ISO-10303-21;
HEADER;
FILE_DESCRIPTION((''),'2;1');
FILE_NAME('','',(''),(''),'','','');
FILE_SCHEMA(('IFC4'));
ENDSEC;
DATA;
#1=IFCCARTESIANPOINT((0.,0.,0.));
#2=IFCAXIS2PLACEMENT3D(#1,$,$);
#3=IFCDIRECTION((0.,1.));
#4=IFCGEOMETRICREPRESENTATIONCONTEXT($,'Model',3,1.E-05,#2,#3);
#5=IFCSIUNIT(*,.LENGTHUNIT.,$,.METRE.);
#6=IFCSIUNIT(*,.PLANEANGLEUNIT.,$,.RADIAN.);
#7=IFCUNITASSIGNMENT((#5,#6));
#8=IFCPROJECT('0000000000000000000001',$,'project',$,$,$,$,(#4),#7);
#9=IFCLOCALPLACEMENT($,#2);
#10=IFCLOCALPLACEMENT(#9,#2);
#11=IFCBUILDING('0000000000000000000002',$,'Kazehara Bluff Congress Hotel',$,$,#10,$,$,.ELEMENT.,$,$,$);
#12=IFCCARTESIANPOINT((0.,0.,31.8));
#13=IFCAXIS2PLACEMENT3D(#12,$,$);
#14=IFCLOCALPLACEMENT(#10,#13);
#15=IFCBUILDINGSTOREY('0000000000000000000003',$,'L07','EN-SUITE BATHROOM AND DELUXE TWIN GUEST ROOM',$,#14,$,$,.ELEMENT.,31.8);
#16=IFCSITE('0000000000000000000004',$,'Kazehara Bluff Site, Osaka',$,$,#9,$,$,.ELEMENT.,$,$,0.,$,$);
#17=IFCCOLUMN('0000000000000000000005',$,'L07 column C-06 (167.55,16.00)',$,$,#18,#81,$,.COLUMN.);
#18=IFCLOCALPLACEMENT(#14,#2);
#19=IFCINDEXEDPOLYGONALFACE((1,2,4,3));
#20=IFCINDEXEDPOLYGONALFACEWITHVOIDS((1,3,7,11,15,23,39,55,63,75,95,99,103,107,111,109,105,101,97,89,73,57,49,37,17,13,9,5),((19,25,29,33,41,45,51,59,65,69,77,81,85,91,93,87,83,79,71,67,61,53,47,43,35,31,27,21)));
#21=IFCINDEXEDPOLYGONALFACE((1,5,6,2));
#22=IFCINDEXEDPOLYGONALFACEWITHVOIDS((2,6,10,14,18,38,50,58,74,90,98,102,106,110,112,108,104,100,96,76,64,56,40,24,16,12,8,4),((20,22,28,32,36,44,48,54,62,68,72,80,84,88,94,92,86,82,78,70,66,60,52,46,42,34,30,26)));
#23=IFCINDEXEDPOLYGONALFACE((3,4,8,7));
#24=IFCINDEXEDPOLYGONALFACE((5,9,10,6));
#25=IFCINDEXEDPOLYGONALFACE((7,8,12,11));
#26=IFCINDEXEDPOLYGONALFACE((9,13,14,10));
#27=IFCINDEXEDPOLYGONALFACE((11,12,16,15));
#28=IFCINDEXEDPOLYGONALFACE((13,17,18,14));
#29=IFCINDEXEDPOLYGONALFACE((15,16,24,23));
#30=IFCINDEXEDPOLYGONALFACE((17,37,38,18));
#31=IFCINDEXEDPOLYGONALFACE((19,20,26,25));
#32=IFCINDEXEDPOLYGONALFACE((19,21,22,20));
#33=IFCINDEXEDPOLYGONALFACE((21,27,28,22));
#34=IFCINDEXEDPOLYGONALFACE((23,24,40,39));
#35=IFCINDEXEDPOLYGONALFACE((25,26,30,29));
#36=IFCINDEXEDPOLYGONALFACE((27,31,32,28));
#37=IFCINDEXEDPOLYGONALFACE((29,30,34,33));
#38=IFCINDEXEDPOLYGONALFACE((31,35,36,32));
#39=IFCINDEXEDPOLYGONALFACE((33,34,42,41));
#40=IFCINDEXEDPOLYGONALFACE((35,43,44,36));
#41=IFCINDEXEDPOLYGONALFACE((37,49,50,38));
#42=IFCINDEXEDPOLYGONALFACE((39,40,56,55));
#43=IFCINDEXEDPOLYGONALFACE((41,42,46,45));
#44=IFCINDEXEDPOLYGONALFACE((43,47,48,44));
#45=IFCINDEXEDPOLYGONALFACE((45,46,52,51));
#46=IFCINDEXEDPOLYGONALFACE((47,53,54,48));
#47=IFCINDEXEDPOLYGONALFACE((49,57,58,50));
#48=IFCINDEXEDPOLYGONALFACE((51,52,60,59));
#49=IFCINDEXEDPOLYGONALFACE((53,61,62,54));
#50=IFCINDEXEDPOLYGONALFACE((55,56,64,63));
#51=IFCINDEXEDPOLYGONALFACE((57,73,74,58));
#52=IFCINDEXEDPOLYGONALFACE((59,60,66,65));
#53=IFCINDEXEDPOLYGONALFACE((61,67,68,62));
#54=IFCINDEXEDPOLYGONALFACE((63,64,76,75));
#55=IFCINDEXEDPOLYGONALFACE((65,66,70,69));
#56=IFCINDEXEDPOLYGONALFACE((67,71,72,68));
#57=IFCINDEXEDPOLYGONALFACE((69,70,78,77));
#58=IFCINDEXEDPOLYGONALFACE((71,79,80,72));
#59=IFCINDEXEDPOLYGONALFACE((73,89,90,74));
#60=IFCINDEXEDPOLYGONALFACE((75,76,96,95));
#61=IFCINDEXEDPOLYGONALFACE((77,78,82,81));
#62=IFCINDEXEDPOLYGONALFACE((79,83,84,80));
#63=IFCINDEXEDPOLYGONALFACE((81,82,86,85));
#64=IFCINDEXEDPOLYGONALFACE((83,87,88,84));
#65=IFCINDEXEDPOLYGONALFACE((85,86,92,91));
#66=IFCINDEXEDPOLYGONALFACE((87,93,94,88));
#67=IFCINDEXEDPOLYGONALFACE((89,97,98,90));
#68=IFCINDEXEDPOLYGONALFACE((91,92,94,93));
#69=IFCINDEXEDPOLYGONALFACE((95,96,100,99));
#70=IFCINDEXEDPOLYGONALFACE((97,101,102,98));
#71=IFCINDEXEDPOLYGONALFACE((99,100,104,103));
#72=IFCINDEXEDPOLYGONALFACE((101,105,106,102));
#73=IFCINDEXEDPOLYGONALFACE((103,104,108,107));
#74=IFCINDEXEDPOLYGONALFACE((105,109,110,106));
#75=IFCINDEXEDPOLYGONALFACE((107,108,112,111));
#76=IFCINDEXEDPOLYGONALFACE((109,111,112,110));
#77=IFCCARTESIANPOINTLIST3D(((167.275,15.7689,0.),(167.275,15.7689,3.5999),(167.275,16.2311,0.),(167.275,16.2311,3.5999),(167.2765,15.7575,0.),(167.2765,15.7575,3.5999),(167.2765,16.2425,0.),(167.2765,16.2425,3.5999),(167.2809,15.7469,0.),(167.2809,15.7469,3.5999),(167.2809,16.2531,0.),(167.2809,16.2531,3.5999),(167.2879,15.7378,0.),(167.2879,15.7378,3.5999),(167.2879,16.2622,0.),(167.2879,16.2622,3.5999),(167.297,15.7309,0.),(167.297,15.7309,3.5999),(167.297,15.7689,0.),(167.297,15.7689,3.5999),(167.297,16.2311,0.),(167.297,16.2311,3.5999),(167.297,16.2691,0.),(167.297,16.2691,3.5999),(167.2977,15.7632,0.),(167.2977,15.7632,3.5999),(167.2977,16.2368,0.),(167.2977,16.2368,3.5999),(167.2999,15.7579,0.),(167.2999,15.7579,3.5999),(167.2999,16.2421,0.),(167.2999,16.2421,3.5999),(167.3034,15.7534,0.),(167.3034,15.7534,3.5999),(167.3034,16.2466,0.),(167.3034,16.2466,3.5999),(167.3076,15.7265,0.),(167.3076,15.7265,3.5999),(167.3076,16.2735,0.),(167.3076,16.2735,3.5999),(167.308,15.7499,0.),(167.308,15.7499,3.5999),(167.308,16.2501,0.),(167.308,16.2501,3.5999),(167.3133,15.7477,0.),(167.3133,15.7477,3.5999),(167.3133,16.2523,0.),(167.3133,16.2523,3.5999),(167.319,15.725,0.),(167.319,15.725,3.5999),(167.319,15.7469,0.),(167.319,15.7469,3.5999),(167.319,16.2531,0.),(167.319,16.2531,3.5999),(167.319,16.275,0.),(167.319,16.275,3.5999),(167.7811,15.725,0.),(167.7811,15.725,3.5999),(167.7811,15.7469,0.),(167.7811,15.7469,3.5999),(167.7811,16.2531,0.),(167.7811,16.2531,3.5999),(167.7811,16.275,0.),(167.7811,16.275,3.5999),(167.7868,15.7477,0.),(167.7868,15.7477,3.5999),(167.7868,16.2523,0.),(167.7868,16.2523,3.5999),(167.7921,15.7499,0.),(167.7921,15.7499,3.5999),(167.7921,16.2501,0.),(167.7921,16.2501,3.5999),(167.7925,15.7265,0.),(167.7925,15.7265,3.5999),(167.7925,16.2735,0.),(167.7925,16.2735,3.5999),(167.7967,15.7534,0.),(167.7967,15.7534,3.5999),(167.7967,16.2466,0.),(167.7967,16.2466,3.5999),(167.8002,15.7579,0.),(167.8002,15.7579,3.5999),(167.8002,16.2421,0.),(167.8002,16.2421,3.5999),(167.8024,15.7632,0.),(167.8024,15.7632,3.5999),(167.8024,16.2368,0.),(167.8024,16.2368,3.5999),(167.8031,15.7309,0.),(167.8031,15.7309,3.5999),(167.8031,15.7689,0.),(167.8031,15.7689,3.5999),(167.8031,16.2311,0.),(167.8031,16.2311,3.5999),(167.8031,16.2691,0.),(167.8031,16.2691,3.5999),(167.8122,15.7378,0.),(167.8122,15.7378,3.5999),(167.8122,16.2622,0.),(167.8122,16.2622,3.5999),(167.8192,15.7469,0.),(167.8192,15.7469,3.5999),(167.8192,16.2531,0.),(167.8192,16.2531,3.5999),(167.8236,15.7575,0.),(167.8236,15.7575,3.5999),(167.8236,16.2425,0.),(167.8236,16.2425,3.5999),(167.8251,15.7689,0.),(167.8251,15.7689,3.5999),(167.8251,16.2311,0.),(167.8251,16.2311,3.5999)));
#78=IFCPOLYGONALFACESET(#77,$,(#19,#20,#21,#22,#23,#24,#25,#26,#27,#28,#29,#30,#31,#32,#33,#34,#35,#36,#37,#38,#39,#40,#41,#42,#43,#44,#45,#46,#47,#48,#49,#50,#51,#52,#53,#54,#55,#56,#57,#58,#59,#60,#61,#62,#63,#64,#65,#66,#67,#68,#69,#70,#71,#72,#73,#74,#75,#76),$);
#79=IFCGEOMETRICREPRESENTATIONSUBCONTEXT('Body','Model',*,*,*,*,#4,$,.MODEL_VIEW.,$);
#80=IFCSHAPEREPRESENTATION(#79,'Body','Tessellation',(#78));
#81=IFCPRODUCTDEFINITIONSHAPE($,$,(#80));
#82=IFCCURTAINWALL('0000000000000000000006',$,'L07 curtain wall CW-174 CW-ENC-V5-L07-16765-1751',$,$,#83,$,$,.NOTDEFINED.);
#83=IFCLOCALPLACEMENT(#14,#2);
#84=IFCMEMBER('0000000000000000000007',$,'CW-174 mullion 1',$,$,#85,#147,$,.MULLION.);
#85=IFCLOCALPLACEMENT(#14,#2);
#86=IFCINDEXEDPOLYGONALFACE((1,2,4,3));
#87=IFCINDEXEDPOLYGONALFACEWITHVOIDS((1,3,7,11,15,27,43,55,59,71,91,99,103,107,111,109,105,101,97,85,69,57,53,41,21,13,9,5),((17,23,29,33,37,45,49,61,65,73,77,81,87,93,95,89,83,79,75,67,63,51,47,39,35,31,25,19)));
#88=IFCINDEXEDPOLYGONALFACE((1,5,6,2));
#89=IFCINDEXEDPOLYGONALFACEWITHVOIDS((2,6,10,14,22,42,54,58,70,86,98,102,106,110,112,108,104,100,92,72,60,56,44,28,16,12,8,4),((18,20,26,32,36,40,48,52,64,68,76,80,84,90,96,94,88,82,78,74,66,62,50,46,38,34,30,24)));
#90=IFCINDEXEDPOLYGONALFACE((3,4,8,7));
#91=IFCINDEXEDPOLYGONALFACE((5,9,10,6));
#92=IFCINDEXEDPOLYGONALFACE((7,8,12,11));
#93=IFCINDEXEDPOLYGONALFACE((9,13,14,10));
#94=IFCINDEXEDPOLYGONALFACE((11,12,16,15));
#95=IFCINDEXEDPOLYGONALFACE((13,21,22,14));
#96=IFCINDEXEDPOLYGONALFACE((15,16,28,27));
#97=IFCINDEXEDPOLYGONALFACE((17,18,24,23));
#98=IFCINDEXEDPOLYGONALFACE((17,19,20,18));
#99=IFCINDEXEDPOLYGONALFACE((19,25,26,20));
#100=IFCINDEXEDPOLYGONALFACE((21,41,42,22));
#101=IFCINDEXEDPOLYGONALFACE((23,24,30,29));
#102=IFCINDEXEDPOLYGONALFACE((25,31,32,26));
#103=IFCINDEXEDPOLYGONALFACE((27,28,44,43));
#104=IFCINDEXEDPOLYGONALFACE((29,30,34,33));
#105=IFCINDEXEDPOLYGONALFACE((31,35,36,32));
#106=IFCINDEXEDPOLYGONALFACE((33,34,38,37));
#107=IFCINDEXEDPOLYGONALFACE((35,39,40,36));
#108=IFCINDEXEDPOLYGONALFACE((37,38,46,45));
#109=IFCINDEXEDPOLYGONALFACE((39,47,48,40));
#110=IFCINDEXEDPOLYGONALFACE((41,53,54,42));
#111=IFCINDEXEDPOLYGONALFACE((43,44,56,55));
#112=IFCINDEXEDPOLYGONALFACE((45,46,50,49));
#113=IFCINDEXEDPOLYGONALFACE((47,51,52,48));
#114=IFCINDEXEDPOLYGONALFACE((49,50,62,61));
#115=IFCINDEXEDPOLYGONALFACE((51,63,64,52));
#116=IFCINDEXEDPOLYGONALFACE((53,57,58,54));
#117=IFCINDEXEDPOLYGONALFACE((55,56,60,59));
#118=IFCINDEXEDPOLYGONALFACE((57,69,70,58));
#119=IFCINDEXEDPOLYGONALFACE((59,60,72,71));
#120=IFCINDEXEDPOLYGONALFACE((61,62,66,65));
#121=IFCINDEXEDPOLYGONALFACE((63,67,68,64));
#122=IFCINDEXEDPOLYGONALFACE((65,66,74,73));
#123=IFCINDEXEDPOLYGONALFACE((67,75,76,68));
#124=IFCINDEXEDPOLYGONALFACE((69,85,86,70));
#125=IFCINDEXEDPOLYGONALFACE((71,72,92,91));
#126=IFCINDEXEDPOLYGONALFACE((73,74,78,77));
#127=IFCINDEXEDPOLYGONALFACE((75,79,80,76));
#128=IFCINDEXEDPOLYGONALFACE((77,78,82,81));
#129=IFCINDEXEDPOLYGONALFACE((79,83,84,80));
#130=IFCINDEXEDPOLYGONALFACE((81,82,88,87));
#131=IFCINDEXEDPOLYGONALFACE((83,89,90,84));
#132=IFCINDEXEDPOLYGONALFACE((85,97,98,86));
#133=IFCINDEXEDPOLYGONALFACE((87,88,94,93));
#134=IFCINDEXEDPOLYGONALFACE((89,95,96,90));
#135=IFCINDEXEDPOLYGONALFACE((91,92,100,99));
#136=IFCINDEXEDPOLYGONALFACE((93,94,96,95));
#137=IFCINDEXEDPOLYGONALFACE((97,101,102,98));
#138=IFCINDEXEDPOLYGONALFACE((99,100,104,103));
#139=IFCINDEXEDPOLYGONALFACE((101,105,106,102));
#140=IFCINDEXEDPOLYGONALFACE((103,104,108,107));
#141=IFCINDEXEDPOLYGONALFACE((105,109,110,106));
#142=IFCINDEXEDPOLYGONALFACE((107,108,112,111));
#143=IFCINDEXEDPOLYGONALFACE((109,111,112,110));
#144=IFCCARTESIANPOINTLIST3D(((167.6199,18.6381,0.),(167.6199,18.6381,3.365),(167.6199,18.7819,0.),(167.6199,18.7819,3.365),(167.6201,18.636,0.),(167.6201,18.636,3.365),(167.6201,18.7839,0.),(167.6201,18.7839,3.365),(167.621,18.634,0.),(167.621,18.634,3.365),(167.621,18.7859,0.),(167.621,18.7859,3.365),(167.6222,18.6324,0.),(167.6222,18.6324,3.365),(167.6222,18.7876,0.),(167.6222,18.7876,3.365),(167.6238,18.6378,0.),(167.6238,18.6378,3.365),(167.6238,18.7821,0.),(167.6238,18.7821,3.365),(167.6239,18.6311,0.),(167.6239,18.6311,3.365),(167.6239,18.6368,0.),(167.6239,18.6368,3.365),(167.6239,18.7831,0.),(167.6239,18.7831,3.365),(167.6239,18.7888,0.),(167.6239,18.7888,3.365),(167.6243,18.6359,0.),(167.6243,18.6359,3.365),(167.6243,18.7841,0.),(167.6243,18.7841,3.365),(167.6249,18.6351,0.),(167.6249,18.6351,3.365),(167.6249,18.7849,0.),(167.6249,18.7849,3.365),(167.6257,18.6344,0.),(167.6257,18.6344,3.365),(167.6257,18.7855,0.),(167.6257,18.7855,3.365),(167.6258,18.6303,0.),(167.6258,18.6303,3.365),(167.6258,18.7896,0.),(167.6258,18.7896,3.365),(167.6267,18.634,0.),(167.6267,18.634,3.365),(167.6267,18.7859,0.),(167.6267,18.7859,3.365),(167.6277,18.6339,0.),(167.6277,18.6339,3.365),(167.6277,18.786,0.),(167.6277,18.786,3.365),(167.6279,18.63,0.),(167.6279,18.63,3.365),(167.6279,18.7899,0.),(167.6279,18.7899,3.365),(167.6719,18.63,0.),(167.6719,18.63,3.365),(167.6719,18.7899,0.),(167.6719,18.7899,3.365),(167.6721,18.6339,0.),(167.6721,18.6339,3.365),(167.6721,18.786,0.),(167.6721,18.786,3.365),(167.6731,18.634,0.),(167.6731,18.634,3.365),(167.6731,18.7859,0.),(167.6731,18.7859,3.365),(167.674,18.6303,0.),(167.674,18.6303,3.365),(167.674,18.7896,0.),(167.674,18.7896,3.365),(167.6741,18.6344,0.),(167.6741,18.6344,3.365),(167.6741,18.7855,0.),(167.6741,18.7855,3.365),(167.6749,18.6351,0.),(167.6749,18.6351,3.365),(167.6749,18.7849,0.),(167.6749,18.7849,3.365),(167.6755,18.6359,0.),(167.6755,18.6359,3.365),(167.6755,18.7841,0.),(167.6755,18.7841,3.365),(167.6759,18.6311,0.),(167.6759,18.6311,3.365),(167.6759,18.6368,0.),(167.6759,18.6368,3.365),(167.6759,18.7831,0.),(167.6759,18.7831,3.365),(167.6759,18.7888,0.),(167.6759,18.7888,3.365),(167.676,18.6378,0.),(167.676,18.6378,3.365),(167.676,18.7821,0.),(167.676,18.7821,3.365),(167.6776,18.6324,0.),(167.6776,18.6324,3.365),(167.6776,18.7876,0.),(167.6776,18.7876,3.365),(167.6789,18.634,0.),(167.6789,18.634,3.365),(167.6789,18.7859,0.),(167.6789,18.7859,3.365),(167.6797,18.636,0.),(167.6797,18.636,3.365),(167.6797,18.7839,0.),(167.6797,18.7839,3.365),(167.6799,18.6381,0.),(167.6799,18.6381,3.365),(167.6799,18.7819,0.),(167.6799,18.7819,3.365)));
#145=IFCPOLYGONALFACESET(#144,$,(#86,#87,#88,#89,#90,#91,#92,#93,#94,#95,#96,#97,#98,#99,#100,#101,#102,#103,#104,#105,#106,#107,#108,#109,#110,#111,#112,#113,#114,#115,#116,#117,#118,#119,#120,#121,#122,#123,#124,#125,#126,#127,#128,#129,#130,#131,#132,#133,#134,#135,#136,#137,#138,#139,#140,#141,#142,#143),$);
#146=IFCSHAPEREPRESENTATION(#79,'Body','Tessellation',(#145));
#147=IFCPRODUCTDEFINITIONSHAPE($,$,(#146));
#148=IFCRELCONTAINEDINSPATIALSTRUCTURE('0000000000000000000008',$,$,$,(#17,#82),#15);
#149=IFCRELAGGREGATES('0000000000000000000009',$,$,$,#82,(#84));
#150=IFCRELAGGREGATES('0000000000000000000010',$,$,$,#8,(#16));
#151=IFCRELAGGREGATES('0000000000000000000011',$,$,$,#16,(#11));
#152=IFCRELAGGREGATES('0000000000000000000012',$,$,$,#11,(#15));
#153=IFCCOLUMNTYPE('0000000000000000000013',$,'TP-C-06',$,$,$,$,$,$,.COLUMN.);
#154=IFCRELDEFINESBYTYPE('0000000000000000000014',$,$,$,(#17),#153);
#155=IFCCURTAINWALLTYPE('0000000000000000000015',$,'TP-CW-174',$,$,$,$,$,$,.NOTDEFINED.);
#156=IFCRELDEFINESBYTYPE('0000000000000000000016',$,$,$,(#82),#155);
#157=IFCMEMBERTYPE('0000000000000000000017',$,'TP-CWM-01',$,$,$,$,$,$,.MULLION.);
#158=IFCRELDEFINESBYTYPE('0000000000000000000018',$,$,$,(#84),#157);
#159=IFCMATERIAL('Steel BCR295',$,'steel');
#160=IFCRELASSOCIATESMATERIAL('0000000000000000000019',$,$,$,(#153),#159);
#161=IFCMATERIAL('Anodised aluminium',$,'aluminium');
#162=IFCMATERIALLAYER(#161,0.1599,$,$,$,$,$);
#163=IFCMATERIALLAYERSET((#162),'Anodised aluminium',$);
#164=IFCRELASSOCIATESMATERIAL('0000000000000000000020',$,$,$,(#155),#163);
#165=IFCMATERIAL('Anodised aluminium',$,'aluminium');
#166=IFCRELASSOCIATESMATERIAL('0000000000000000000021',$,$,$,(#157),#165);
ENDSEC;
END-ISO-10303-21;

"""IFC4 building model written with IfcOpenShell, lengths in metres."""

from ifc_helpers import new_model, si_unit, direction, frame, origin, origin_2d, place, context, subcontext, project, spatial, hollow_rectangle, extrude, material, layer, layer_set, material_profile, profile_set, type_object, element, aggregate, save


model = new_model("IFC4")

# Units and contexts
model_context = context("Model", 3, precision=1e-05, world=origin(), true_north=direction((0.0, 1.0)))
body_context = subcontext(model_context, "Body", "Model", "MODEL_VIEW")
ifc_project = project(units=[si_unit("LENGTHUNIT", "METRE"), si_unit("PLANEANGLEUNIT", "RADIAN")], contexts=[model_context])

# Site, building, storey
site_placement = place(None, origin())
site = spatial("IfcSite", under=ifc_project, at=site_placement, Name="Kazehara Bluff Site, Osaka", CompositionType="ELEMENT", RefElevation=0.0)
building_placement = place(site_placement, origin())
building = spatial("IfcBuilding", under=site, at=building_placement, Name="Kazehara Bluff Congress Hotel", CompositionType="ELEMENT")
storey_placement = place(building_placement, frame((0.0, 0.0, 31.8)))
storey = spatial("IfcBuildingStorey", under=building, at=storey_placement, Name="L07", Description="EN-SUITE BATHROOM AND DELUXE TWIN GUEST ROOM", CompositionType="ELEMENT", Elevation=31.8)

# Column
ifc_material_1 = material(Name="Steel BCR295", Category="steel")
ifc_material_profile_1 = material_profile(ifc_material_1, hollow_rectangle(XDim=0.55, YDim=0.55, WallThickness=0.022, InnerFilletRadius=0.022, OuterFilletRadius=0.0439, at=origin_2d()))
ifc_profile_set_1 = profile_set([ifc_material_profile_1], Name="Steel BCR295")
column_type = type_object("IfcColumnType", Name="TP-C-06", PredefinedType="COLUMN", material=ifc_profile_set_1)
column_placement = place(storey_placement, frame((167.55, 16.0, 0.0), z_axis=(0.0, 0.0, 1.0), x_axis=(1.0, 0.0, 0.0)))
element("IfcColumn", 1, at=column_placement, inside=storey, type_object=column_type, Name="L07 column C-06 (167.55,16.00)", PredefinedType="COLUMN", context=body_context, shape_type="SweptSolid", body=[
    extrude(hollow_rectangle(XDim=0.55, YDim=0.55, WallThickness=0.022, InnerFilletRadius=0.022, OuterFilletRadius=0.0439, at=origin_2d()), origin(), (0.0, 0.0, 1.0), 3.5999),
])

# Curtain wall, member
ifc_material_2 = material(Name="Anodised aluminium", Category="aluminium")
ifc_layer_1 = layer(ifc_material_2, 0.1599)
ifc_layer_set_1 = layer_set([ifc_layer_1], Name="Anodised aluminium")
curtain_wall_type = type_object("IfcCurtainWallType", Name="TP-CW-174", PredefinedType="NOTDEFINED", material=ifc_layer_set_1)
curtain_wall_placement = place(storey_placement, origin())
curtain_wall = element("IfcCurtainWall", 2, at=curtain_wall_placement, inside=storey, type_object=curtain_wall_type, Name="L07 curtain wall CW-174 CW-ENC-V5-L07-16765-1751", PredefinedType="NOTDEFINED")
ifc_material_3 = material(Name="Anodised aluminium", Category="aluminium")
ifc_material_profile_2 = material_profile(ifc_material_3, hollow_rectangle(XDim=0.0601, YDim=0.1599, WallThickness=0.0039, InnerFilletRadius=0.0039, OuterFilletRadius=0.0081, at=origin_2d()))
ifc_profile_set_2 = profile_set([ifc_material_profile_2], Name="Anodised aluminium")
member_type_1 = type_object("IfcMemberType", Name="TP-CWM-01", PredefinedType="MULLION", material=ifc_profile_set_2)
member_1_placement = place(storey_placement, frame((167.6499, 18.71, 0.0), z_axis=(0.0, 0.0, 1.0), x_axis=(1.0, 0.0, 0.0)))
member_1 = element("IfcMember", 3, at=member_1_placement, type_object=member_type_1, Name="CW-174 mullion 1", PredefinedType="MULLION", context=body_context, shape_type="SweptSolid", body=[
    extrude(hollow_rectangle(XDim=0.0601, YDim=0.1599, WallThickness=0.0039, InnerFilletRadius=0.0039, OuterFilletRadius=0.0081, at=origin_2d()), origin(), (0.0, 0.0, 1.0), 3.365),
])

aggregate(curtain_wall, [member_1])

save(model, "model.ifc")
